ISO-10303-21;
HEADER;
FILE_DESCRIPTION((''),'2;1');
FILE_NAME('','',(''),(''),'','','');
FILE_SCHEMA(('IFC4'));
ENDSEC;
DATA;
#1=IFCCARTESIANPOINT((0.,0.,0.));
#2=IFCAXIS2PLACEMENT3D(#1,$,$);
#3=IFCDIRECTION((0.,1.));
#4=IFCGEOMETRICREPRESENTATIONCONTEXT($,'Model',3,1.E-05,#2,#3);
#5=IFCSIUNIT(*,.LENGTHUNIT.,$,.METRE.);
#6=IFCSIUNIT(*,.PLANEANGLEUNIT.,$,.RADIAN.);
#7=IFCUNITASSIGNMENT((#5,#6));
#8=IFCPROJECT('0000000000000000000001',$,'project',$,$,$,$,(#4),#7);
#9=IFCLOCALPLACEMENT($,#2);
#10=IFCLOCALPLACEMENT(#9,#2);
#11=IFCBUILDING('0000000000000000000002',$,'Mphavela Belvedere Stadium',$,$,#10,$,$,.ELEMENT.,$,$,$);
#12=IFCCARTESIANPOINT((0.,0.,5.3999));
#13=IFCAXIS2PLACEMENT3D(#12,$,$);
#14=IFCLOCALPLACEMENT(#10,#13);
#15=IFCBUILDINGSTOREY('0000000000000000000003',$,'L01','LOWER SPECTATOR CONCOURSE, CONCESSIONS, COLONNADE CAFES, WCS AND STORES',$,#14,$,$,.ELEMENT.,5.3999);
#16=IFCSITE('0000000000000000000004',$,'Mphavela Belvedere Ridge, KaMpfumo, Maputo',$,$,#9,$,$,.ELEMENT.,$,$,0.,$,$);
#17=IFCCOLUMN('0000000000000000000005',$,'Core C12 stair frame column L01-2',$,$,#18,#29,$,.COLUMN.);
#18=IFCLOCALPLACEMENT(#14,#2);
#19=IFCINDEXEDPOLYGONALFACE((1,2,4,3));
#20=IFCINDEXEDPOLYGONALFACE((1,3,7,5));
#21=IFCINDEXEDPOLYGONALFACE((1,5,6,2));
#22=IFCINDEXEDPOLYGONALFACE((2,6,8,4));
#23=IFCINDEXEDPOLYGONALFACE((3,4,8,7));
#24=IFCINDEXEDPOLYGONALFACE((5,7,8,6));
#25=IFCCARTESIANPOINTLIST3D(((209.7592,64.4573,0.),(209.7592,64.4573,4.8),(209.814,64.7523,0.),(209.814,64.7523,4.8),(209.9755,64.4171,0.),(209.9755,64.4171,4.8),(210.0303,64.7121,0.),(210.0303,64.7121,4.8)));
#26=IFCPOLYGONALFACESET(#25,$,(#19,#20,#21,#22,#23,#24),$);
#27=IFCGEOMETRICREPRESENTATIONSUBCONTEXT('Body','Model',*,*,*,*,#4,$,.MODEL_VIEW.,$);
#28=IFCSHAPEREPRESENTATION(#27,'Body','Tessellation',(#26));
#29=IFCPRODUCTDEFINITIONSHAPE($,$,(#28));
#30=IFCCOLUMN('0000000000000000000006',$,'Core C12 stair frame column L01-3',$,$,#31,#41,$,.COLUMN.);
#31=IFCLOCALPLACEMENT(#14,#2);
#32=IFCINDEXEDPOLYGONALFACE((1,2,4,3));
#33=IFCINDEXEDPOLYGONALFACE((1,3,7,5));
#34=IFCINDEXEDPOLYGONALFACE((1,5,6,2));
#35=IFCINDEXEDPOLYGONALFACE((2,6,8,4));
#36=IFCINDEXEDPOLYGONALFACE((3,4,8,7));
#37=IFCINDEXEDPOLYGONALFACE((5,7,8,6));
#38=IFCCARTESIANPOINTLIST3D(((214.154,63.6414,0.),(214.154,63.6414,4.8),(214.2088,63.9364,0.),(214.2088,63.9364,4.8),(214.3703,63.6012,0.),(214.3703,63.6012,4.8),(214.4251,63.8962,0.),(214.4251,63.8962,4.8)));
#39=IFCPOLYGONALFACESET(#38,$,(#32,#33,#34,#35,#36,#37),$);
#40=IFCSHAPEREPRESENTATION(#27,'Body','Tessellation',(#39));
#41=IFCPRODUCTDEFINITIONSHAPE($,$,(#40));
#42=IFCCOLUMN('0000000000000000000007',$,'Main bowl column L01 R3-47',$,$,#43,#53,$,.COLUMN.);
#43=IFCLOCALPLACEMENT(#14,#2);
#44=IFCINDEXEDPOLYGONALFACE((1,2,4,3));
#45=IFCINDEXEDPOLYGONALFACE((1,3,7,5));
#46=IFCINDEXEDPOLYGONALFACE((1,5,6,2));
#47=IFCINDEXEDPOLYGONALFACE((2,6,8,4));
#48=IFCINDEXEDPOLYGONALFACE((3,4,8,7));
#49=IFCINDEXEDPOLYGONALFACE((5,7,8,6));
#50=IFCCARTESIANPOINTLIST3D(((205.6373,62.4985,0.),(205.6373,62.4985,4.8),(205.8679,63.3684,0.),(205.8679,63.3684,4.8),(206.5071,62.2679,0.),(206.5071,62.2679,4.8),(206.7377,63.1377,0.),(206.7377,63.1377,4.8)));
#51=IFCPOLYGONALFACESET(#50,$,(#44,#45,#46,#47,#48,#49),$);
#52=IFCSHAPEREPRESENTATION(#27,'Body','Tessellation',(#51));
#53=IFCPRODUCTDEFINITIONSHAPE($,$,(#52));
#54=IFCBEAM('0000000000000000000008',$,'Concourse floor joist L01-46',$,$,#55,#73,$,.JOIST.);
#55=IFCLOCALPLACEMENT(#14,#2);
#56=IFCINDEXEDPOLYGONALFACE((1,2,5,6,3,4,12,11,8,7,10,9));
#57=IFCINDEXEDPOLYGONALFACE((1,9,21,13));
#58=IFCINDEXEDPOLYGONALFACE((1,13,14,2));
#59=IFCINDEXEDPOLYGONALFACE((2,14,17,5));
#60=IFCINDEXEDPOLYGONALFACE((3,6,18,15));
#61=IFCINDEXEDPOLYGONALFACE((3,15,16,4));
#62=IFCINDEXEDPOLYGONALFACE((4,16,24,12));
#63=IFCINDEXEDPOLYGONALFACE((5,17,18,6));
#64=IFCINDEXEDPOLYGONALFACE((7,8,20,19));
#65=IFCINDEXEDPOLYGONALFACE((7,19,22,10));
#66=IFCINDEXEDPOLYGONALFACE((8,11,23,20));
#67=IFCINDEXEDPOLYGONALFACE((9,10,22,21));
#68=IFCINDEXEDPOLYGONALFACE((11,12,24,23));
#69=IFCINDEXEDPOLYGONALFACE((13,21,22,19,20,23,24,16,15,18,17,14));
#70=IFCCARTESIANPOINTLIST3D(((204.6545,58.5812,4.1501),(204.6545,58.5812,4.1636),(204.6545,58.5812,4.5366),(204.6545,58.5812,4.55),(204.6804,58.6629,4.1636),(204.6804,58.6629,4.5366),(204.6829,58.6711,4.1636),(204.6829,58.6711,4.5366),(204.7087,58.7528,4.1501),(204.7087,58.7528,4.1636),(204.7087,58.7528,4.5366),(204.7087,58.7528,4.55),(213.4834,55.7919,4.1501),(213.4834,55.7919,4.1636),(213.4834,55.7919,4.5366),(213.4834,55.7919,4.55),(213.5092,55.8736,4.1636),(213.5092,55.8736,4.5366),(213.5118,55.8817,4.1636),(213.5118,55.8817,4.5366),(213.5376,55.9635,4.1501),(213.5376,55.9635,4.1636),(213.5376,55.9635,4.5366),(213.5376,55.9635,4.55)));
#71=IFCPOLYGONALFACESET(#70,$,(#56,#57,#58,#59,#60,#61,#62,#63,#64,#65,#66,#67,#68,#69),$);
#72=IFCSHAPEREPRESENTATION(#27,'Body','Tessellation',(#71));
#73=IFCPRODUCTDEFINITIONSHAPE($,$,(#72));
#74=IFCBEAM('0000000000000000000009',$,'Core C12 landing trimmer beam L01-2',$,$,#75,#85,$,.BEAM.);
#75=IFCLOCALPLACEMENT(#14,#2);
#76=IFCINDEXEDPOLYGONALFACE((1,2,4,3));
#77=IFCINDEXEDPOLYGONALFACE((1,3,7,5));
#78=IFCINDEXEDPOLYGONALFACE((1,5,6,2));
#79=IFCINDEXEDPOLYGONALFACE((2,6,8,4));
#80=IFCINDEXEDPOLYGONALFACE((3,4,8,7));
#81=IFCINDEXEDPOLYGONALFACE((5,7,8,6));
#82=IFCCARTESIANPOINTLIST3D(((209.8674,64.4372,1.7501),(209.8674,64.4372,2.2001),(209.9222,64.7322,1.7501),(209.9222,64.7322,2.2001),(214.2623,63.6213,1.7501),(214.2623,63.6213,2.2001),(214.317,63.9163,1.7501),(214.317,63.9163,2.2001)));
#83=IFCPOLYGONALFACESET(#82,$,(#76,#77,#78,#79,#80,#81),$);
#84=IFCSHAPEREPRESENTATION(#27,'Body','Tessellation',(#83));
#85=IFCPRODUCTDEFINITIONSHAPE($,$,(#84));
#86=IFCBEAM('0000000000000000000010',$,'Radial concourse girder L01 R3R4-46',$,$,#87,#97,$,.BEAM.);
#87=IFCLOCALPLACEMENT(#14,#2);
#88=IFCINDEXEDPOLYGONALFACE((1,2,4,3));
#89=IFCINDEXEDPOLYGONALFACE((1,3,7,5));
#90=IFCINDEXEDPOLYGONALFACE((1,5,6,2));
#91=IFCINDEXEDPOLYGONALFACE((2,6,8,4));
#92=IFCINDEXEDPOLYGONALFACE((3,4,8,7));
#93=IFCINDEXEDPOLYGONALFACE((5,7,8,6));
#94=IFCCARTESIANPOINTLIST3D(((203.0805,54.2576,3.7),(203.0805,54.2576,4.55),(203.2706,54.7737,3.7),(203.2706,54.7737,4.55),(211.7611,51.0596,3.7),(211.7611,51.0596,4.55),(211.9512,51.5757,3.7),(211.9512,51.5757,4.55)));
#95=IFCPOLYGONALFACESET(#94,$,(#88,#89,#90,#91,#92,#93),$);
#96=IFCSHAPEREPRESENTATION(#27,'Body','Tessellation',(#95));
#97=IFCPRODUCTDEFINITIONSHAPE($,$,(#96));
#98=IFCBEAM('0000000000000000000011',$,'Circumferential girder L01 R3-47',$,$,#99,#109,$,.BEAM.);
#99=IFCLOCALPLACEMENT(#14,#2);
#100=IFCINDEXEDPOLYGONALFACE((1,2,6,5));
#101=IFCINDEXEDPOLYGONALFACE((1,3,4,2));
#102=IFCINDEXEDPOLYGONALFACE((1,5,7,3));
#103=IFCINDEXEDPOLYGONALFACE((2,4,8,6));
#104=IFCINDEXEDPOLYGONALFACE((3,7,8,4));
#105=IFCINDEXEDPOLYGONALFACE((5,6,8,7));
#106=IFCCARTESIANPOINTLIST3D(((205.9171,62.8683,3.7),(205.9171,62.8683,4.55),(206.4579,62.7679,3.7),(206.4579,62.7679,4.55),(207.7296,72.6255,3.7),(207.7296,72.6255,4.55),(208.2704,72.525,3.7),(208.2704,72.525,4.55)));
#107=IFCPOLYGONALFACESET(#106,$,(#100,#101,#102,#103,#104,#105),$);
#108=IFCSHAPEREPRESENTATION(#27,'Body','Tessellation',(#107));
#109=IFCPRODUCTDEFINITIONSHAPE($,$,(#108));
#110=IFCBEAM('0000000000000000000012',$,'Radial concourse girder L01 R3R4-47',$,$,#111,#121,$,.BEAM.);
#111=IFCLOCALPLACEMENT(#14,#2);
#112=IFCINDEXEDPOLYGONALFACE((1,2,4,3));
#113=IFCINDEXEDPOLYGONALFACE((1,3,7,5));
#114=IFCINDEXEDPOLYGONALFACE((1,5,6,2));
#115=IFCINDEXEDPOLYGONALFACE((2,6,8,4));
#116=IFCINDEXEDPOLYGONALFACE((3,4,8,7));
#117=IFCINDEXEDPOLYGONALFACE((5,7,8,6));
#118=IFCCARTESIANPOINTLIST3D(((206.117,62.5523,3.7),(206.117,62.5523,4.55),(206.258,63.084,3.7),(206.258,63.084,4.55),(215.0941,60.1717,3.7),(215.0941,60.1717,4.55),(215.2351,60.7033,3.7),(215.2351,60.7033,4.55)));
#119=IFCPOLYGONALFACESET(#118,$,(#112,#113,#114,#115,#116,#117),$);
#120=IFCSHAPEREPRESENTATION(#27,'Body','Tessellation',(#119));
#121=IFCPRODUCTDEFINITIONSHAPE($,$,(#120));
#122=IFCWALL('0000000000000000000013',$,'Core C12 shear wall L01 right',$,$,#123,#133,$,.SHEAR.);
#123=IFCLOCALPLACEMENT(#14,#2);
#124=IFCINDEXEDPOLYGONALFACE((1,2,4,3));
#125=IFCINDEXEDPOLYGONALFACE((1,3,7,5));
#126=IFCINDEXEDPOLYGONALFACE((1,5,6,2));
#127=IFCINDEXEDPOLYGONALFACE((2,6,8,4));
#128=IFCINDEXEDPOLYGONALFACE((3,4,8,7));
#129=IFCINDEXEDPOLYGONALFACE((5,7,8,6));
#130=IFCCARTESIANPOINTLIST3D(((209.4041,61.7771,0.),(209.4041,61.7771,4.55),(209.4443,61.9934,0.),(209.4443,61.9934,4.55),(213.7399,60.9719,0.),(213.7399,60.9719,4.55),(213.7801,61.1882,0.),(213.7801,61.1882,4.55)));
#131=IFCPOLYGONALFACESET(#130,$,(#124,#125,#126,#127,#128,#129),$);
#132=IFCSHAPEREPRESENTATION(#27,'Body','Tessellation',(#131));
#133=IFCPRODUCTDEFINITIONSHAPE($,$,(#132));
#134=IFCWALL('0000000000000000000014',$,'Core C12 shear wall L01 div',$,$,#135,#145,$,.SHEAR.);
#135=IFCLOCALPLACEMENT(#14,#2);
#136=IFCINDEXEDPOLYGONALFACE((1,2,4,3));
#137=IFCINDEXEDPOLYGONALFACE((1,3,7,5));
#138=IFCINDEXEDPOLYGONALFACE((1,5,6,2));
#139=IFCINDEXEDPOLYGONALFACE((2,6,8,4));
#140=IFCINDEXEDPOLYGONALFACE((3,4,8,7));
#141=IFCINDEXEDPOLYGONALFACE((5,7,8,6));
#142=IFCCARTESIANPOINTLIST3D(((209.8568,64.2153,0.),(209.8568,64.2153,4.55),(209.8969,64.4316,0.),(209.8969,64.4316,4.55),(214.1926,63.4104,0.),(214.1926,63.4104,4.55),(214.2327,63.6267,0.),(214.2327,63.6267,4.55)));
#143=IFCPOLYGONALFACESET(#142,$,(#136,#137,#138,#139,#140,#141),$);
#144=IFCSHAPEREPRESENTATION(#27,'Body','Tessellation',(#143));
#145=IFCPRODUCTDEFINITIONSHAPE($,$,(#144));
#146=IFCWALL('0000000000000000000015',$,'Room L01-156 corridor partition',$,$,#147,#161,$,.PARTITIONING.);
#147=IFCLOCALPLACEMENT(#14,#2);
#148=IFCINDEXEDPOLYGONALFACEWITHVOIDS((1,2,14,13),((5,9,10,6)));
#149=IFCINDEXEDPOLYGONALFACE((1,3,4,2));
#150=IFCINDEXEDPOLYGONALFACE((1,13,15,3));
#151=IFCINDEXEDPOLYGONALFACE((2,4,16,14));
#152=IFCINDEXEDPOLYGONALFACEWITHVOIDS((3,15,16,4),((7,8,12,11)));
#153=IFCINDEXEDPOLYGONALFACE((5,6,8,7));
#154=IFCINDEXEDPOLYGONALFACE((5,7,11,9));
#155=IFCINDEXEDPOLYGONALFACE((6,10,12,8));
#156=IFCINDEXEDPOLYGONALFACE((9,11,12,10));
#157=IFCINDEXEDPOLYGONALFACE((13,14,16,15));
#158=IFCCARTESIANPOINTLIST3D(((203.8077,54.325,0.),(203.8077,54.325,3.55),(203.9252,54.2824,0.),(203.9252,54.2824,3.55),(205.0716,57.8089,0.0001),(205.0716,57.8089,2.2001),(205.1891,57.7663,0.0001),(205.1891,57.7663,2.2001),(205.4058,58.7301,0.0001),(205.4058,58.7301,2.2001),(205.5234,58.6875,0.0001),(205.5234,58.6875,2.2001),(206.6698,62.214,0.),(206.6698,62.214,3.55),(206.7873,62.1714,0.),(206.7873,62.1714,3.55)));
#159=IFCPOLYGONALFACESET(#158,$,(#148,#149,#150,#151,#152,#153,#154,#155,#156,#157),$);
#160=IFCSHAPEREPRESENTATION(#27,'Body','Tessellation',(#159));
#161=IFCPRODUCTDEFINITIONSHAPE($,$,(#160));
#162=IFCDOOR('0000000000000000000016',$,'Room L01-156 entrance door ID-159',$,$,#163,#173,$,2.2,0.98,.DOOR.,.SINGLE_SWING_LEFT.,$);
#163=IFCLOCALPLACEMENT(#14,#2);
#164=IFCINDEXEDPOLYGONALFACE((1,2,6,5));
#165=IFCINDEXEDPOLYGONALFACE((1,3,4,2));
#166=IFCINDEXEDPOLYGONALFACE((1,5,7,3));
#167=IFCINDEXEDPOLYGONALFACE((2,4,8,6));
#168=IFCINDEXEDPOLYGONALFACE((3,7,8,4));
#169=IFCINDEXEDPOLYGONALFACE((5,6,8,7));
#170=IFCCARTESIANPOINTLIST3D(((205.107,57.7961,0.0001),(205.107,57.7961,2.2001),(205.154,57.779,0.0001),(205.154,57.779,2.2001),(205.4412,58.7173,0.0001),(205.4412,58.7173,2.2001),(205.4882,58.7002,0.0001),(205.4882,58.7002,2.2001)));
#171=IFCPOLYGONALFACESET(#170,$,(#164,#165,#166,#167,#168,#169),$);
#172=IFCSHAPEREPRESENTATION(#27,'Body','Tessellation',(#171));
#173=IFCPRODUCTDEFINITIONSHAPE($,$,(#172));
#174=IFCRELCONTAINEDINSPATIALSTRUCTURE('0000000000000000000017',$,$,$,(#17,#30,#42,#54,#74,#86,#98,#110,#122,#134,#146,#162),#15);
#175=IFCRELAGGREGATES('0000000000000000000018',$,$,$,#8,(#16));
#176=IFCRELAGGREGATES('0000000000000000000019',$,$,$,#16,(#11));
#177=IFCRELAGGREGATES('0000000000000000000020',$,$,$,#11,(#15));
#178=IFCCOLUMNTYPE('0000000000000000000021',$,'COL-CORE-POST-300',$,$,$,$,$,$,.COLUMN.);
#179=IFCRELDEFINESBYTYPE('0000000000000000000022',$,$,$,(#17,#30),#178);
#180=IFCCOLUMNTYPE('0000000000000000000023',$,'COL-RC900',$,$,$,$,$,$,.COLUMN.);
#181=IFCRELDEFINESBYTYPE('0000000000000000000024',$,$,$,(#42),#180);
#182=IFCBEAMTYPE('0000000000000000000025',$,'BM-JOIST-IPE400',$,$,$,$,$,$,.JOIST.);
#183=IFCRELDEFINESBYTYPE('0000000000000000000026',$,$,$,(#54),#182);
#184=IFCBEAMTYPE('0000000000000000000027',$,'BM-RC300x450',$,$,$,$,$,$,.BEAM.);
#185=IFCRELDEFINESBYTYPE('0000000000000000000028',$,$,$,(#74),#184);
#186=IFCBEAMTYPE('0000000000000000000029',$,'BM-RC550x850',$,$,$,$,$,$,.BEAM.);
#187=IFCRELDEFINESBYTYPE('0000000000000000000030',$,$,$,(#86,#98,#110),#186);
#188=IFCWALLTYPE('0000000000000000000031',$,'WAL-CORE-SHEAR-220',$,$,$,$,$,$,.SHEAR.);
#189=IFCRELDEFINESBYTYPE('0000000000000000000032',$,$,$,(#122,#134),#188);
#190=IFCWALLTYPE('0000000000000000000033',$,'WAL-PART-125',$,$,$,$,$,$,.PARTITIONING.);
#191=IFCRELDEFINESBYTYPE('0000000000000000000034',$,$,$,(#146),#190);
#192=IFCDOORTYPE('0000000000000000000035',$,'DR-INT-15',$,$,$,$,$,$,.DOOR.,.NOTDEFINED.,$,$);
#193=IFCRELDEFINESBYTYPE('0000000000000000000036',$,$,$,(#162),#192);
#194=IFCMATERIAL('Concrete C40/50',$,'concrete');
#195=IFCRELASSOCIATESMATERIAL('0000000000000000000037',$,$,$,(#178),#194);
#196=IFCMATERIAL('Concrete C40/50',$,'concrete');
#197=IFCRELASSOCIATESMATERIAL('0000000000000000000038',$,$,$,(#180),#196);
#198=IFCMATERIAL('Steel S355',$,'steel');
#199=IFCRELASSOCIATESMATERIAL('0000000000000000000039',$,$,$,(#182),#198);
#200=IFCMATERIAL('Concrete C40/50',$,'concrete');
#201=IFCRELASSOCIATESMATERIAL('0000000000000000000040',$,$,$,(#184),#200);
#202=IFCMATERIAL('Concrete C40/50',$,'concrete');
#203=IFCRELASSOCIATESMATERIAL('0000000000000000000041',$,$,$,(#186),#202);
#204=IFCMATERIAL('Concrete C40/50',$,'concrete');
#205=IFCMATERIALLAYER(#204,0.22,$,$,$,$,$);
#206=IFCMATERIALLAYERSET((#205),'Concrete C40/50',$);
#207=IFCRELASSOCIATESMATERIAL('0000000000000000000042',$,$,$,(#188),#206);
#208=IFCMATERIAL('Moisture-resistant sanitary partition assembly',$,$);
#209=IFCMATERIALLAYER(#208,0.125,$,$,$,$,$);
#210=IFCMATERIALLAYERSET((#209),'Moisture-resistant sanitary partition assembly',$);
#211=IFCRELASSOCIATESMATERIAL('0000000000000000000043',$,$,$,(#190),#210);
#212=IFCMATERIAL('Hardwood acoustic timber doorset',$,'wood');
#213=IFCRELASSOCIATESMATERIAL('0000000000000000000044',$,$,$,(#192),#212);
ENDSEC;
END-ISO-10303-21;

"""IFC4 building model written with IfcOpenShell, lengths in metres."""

from ifc_helpers import new_model, si_unit, direction, frame, frame_2d, origin, origin_2d, place, context, subcontext, project, spatial, rectangle, i_section, extrude, material, layer, layer_set, material_profile, profile_set, type_object, element, fill, save


model = new_model("IFC4")

# Units and contexts
model_context = context("Model", 3, precision=1e-05, world=origin(), true_north=direction((0.0, 1.0)))
body_context = subcontext(model_context, "Body", "Model", "MODEL_VIEW")
ifc_project = project(units=[si_unit("LENGTHUNIT", "METRE"), si_unit("PLANEANGLEUNIT", "RADIAN")], contexts=[model_context])

# Site, building, storey
site_placement = place(None, origin())
site = spatial("IfcSite", under=ifc_project, at=site_placement, Name="Mphavela Belvedere Ridge, KaMpfumo, Maputo", CompositionType="ELEMENT", RefElevation=0.0)
building_placement = place(site_placement, origin())
building = spatial("IfcBuilding", under=site, at=building_placement, Name="Mphavela Belvedere Stadium", CompositionType="ELEMENT")
storey_placement = place(building_placement, frame((0.0, 0.0, 5.3999)))
storey = spatial("IfcBuildingStorey", under=building, at=storey_placement, Name="L01", Description="LOWER SPECTATOR CONCOURSE, CONCESSIONS, COLONNADE CAFES, WCS AND STORES", CompositionType="ELEMENT", Elevation=5.3999)

# Columns
ifc_material_1 = material(Name="Concrete C40/50", Category="concrete")
ifc_material_profile_1 = material_profile(ifc_material_1, rectangle(XDim=0.3, YDim=0.22, at=origin_2d()), Name="RC 300x220")
ifc_profile_set_1 = profile_set([ifc_material_profile_1], Name="Concrete C40/50")
column_type_1 = type_object("IfcColumnType", Name="COL-CORE-POST-300", PredefinedType="COLUMN", material=ifc_profile_set_1)
for number, where, z_axis, x_axis, name in (
    (1, (209.8948, 64.5847, 0.0), (0.0, 0.0, 1.0), (-0.182579, -0.983191, 0.0), "Core C12 stair frame column L01-2"),
    (2, (214.2896, 63.7688, 0.0), (0.0, 0.0, 1.0), (-0.182579, -0.983191, 0.0), "Core C12 stair frame column L01-3"),
):
    element("IfcColumn", number, at=place(storey_placement, frame(where, z_axis=z_axis, x_axis=x_axis)), inside=storey, type_object=column_type_1, Name=name, PredefinedType="COLUMN", context=body_context, shape_type="SweptSolid", body=[
        extrude(rectangle(XDim=0.3, YDim=0.22, at=origin_2d()), origin(), (0.0, 0.0, 1.0), 4.8),
    ])
ifc_material_2 = material(Name="Concrete C40/50", Category="concrete")
ifc_material_profile_2 = material_profile(ifc_material_2, rectangle(XDim=0.8999, YDim=0.8999, at=origin_2d()), Name="RC 900x900")
ifc_profile_set_2 = profile_set([ifc_material_profile_2], Name="Concrete C40/50")
column_type_2 = type_object("IfcColumnType", Name="COL-RC900", PredefinedType="COLUMN", material=ifc_profile_set_2)
column_placement = place(storey_placement, frame((206.1875, 62.8181, 0.0), z_axis=(0.0, 0.0, 1.0), x_axis=(0.9666, -0.256289, 0.0)))
element("IfcColumn", 3, at=column_placement, inside=storey, type_object=column_type_2, Name="Main bowl column L01 R3-47", PredefinedType="COLUMN", context=body_context, shape_type="SweptSolid", body=[
    extrude(rectangle(XDim=0.8999, YDim=0.8999, at=origin_2d()), origin(), (0.0, 0.0, 1.0), 4.8),
])

# Beams
ifc_material_3 = material(Name="Steel S355", Category="steel")
ifc_material_profile_3 = material_profile(ifc_material_3, i_section(OverallWidth=0.1799, OverallDepth=0.3999, WebThickness=0.0085, FlangeThickness=0.0134, at=origin_2d()), Name="IPE 400")
ifc_profile_set_3 = profile_set([ifc_material_profile_3], Name="Steel S355")
beam_type_1 = type_object("IfcBeamType", Name="BM-JOIST-IPE400", PredefinedType="JOIST", material=ifc_profile_set_3)
beam_1_placement = place(storey_placement, frame((204.6816, 58.667, 4.3501), z_axis=(0.953544, -0.301254, 0.0), x_axis=(0.301254, 0.953544, 0.0)))
element("IfcBeam", 4, at=beam_1_placement, inside=storey, type_object=beam_type_1, Name="Concourse floor joist L01-46", PredefinedType="JOIST", context=body_context, shape_type="SweptSolid", body=[
    extrude(i_section(OverallWidth=0.1799, OverallDepth=0.3999, WebThickness=0.0085, FlangeThickness=0.0134, at=origin_2d()), origin(), (0.0, 0.0, 1.0), 9.259),
])
ifc_material_4 = material(Name="Concrete C40/50", Category="concrete")
ifc_material_profile_4 = material_profile(ifc_material_4, rectangle(XDim=0.3, YDim=0.45, at=origin_2d()), Name="RC 300x450")
ifc_profile_set_4 = profile_set([ifc_material_profile_4], Name="Concrete C40/50")
beam_type_2 = type_object("IfcBeamType", Name="BM-RC300x450", PredefinedType="BEAM", material=ifc_profile_set_4)
beam_2_placement = place(storey_placement, frame((209.8948, 64.5847, 1.9751), z_axis=(0.983199, -0.182537, 0.0), x_axis=(0.182537, 0.983199, 0.0)))
element("IfcBeam", 5, at=beam_2_placement, inside=storey, type_object=beam_type_2, Name="Core C12 landing trimmer beam L01-2", PredefinedType="BEAM", context=body_context, shape_type="SweptSolid", body=[
    extrude(rectangle(XDim=0.3, YDim=0.45, at=origin_2d()), origin(), (0.0, 0.0, 1.0), 4.47),
])
ifc_material_5 = material(Name="Concrete C40/50", Category="concrete")
ifc_material_profile_5 = material_profile(ifc_material_5, rectangle(XDim=0.55, YDim=0.8501, at=origin_2d()), Name="RC 550x850")
ifc_profile_set_5 = profile_set([ifc_material_profile_5], Name="Concrete C40/50")
beam_type_3 = type_object("IfcBeamType", Name="BM-RC550x850", PredefinedType="BEAM", material=ifc_profile_set_5)
beam_3_placement = place(storey_placement, frame((203.1755, 54.5156, 4.125), z_axis=(0.938348, -0.345692, 0.0), x_axis=(0.345692, 0.938348, 0.0)))
element("IfcBeam", 6, at=beam_3_placement, inside=storey, type_object=beam_type_3, Name="Radial concourse girder L01 R3R4-46", PredefinedType="BEAM", context=body_context, shape_type="SweptSolid", body=[
    extrude(rectangle(XDim=0.55, YDim=0.8501, at=origin_2d()), origin(), (0.0, 0.0, 1.0), 9.251),
])
beam_4_placement = place(storey_placement, frame((206.1875, 62.8181, 4.125), z_axis=(0.182638, 0.98318, 0.0), x_axis=(-0.98318, 0.182638, 0.0)))
element("IfcBeam", 7, at=beam_4_placement, inside=storey, type_object=beam_type_3, Name="Circumferential girder L01 R3-47", PredefinedType="BEAM", context=body_context, shape_type="SweptSolid", body=[
    extrude(rectangle(XDim=0.55, YDim=0.8501, at=origin_2d()), origin(), (0.0, 0.0, 1.0), 9.9241),
])
beam_5_placement = place(storey_placement, frame((206.1875, 62.8181, 4.125), z_axis=(0.96659, -0.256329, 0.0), x_axis=(0.256329, 0.96659, 0.0)))
element("IfcBeam", 8, at=beam_5_placement, inside=storey, type_object=beam_type_3, Name="Radial concourse girder L01 R3R4-47", PredefinedType="BEAM", context=body_context, shape_type="SweptSolid", body=[
    extrude(rectangle(XDim=0.55, YDim=0.8501, at=origin_2d()), origin(), (0.0, 0.0, 1.0), 9.2874),
])

# Walls
ifc_material_6 = material(Name="Concrete C40/50", Category="concrete")
ifc_layer_1 = layer(ifc_material_6, 0.22)
ifc_layer_set_1 = layer_set([ifc_layer_1], Name="Concrete C40/50")
wall_type_1 = type_object("IfcWallType", Name="WAL-CORE-SHEAR-220", PredefinedType="SHEAR", material=ifc_layer_set_1)
for number, where, z_axis, x_axis, name in (
    (9, (209.4241, 61.8853, 0.0), (0.0, 0.0, 1.0), (0.98319, -0.182587, 0.0), "Core C12 shear wall L01 right"),
    (10, (209.8767, 64.3235, 0.0), (0.0, 0.0, 1.0), (0.983202, -0.182523, 0.0), "Core C12 shear wall L01 div"),
):
    element("IfcWall", number, at=place(storey_placement, frame(where, z_axis=z_axis, x_axis=x_axis)), inside=storey, type_object=wall_type_1, Name=name, PredefinedType="SHEAR", context=body_context, shape_type="SweptSolid", body=[
        extrude(rectangle(XDim=4.4099, YDim=0.22, at=frame_2d((2.2051, 0.0))), origin(), (0.0, 0.0, 1.0), 4.55),
    ])

# Wall, opening, door
ifc_material_7 = material(Name="Moisture-resistant sanitary partition assembly")
ifc_layer_2 = layer(ifc_material_7, 0.125)
ifc_layer_set_2 = layer_set([ifc_layer_2], Name="Moisture-resistant sanitary partition assembly")
wall_type_2 = type_object("IfcWallType", Name="WAL-PART-125", PredefinedType="PARTITIONING", material=ifc_layer_set_2)
wall_1_placement = place(storey_placement, frame((203.8665, 54.3037, 0.0), z_axis=(0.0, 0.0, 1.0), x_axis=(0.341045, 0.940047, 0.0)))
wall_1 = element("IfcWall", 11, at=wall_1_placement, inside=storey, type_object=wall_type_2, Name="Room L01-156 corridor partition", PredefinedType="PARTITIONING", context=body_context, shape_type="SweptSolid", body=[
    extrude(rectangle(XDim=8.3921, YDim=0.125, at=frame_2d((4.196, 0.0))), origin(), (0.0, 0.0, 1.0), 3.55),
])
opening_1_placement = place(wall_1_placement, frame((3.7061, 0.0, 0.0)))
opening_1 = element("IfcOpeningElement", 12, at=opening_1_placement, cuts=wall_1, PredefinedType="OPENING", context=body_context, shape_type="SweptSolid", body=[
    extrude(rectangle(XDim=0.98, YDim=2.2, at=frame_2d((0.49, 1.1001))), frame((0.0, 0.0725, 0.0), z_axis=(0.0, -1.0, 0.0), x_axis=(1.0, 0.0, 0.0)), (0.0, 0.0, 1.0), 0.145),
])
ifc_material_8 = material(Name="Hardwood acoustic timber doorset", Category="wood")
door_type_1 = type_object("IfcDoorType", Name="DR-INT-15", OperationType="NOTDEFINED", PredefinedType="DOOR", material=ifc_material_8)
door_1_placement = place(opening_1_placement, origin())
door_1 = element("IfcDoor", 13, at=door_1_placement, inside=storey, type_object=door_type_1, Name="Room L01-156 entrance door ID-159", OperationType="SINGLE_SWING_LEFT", OverallHeight=2.2, OverallWidth=0.98, PredefinedType="DOOR", context=body_context, shape_type="SweptSolid", body=[
    extrude(rectangle(XDim=0.98, YDim=2.2, at=frame_2d((0.49, 1.1001))), frame((0.0, 0.0249, 0.0), z_axis=(0.0, -1.0, 0.0), x_axis=(1.0, 0.0, 0.0)), (0.0, 0.0, 1.0), 0.05),
])
fill(opening_1, door_1)

save(model, "model.ifc")
